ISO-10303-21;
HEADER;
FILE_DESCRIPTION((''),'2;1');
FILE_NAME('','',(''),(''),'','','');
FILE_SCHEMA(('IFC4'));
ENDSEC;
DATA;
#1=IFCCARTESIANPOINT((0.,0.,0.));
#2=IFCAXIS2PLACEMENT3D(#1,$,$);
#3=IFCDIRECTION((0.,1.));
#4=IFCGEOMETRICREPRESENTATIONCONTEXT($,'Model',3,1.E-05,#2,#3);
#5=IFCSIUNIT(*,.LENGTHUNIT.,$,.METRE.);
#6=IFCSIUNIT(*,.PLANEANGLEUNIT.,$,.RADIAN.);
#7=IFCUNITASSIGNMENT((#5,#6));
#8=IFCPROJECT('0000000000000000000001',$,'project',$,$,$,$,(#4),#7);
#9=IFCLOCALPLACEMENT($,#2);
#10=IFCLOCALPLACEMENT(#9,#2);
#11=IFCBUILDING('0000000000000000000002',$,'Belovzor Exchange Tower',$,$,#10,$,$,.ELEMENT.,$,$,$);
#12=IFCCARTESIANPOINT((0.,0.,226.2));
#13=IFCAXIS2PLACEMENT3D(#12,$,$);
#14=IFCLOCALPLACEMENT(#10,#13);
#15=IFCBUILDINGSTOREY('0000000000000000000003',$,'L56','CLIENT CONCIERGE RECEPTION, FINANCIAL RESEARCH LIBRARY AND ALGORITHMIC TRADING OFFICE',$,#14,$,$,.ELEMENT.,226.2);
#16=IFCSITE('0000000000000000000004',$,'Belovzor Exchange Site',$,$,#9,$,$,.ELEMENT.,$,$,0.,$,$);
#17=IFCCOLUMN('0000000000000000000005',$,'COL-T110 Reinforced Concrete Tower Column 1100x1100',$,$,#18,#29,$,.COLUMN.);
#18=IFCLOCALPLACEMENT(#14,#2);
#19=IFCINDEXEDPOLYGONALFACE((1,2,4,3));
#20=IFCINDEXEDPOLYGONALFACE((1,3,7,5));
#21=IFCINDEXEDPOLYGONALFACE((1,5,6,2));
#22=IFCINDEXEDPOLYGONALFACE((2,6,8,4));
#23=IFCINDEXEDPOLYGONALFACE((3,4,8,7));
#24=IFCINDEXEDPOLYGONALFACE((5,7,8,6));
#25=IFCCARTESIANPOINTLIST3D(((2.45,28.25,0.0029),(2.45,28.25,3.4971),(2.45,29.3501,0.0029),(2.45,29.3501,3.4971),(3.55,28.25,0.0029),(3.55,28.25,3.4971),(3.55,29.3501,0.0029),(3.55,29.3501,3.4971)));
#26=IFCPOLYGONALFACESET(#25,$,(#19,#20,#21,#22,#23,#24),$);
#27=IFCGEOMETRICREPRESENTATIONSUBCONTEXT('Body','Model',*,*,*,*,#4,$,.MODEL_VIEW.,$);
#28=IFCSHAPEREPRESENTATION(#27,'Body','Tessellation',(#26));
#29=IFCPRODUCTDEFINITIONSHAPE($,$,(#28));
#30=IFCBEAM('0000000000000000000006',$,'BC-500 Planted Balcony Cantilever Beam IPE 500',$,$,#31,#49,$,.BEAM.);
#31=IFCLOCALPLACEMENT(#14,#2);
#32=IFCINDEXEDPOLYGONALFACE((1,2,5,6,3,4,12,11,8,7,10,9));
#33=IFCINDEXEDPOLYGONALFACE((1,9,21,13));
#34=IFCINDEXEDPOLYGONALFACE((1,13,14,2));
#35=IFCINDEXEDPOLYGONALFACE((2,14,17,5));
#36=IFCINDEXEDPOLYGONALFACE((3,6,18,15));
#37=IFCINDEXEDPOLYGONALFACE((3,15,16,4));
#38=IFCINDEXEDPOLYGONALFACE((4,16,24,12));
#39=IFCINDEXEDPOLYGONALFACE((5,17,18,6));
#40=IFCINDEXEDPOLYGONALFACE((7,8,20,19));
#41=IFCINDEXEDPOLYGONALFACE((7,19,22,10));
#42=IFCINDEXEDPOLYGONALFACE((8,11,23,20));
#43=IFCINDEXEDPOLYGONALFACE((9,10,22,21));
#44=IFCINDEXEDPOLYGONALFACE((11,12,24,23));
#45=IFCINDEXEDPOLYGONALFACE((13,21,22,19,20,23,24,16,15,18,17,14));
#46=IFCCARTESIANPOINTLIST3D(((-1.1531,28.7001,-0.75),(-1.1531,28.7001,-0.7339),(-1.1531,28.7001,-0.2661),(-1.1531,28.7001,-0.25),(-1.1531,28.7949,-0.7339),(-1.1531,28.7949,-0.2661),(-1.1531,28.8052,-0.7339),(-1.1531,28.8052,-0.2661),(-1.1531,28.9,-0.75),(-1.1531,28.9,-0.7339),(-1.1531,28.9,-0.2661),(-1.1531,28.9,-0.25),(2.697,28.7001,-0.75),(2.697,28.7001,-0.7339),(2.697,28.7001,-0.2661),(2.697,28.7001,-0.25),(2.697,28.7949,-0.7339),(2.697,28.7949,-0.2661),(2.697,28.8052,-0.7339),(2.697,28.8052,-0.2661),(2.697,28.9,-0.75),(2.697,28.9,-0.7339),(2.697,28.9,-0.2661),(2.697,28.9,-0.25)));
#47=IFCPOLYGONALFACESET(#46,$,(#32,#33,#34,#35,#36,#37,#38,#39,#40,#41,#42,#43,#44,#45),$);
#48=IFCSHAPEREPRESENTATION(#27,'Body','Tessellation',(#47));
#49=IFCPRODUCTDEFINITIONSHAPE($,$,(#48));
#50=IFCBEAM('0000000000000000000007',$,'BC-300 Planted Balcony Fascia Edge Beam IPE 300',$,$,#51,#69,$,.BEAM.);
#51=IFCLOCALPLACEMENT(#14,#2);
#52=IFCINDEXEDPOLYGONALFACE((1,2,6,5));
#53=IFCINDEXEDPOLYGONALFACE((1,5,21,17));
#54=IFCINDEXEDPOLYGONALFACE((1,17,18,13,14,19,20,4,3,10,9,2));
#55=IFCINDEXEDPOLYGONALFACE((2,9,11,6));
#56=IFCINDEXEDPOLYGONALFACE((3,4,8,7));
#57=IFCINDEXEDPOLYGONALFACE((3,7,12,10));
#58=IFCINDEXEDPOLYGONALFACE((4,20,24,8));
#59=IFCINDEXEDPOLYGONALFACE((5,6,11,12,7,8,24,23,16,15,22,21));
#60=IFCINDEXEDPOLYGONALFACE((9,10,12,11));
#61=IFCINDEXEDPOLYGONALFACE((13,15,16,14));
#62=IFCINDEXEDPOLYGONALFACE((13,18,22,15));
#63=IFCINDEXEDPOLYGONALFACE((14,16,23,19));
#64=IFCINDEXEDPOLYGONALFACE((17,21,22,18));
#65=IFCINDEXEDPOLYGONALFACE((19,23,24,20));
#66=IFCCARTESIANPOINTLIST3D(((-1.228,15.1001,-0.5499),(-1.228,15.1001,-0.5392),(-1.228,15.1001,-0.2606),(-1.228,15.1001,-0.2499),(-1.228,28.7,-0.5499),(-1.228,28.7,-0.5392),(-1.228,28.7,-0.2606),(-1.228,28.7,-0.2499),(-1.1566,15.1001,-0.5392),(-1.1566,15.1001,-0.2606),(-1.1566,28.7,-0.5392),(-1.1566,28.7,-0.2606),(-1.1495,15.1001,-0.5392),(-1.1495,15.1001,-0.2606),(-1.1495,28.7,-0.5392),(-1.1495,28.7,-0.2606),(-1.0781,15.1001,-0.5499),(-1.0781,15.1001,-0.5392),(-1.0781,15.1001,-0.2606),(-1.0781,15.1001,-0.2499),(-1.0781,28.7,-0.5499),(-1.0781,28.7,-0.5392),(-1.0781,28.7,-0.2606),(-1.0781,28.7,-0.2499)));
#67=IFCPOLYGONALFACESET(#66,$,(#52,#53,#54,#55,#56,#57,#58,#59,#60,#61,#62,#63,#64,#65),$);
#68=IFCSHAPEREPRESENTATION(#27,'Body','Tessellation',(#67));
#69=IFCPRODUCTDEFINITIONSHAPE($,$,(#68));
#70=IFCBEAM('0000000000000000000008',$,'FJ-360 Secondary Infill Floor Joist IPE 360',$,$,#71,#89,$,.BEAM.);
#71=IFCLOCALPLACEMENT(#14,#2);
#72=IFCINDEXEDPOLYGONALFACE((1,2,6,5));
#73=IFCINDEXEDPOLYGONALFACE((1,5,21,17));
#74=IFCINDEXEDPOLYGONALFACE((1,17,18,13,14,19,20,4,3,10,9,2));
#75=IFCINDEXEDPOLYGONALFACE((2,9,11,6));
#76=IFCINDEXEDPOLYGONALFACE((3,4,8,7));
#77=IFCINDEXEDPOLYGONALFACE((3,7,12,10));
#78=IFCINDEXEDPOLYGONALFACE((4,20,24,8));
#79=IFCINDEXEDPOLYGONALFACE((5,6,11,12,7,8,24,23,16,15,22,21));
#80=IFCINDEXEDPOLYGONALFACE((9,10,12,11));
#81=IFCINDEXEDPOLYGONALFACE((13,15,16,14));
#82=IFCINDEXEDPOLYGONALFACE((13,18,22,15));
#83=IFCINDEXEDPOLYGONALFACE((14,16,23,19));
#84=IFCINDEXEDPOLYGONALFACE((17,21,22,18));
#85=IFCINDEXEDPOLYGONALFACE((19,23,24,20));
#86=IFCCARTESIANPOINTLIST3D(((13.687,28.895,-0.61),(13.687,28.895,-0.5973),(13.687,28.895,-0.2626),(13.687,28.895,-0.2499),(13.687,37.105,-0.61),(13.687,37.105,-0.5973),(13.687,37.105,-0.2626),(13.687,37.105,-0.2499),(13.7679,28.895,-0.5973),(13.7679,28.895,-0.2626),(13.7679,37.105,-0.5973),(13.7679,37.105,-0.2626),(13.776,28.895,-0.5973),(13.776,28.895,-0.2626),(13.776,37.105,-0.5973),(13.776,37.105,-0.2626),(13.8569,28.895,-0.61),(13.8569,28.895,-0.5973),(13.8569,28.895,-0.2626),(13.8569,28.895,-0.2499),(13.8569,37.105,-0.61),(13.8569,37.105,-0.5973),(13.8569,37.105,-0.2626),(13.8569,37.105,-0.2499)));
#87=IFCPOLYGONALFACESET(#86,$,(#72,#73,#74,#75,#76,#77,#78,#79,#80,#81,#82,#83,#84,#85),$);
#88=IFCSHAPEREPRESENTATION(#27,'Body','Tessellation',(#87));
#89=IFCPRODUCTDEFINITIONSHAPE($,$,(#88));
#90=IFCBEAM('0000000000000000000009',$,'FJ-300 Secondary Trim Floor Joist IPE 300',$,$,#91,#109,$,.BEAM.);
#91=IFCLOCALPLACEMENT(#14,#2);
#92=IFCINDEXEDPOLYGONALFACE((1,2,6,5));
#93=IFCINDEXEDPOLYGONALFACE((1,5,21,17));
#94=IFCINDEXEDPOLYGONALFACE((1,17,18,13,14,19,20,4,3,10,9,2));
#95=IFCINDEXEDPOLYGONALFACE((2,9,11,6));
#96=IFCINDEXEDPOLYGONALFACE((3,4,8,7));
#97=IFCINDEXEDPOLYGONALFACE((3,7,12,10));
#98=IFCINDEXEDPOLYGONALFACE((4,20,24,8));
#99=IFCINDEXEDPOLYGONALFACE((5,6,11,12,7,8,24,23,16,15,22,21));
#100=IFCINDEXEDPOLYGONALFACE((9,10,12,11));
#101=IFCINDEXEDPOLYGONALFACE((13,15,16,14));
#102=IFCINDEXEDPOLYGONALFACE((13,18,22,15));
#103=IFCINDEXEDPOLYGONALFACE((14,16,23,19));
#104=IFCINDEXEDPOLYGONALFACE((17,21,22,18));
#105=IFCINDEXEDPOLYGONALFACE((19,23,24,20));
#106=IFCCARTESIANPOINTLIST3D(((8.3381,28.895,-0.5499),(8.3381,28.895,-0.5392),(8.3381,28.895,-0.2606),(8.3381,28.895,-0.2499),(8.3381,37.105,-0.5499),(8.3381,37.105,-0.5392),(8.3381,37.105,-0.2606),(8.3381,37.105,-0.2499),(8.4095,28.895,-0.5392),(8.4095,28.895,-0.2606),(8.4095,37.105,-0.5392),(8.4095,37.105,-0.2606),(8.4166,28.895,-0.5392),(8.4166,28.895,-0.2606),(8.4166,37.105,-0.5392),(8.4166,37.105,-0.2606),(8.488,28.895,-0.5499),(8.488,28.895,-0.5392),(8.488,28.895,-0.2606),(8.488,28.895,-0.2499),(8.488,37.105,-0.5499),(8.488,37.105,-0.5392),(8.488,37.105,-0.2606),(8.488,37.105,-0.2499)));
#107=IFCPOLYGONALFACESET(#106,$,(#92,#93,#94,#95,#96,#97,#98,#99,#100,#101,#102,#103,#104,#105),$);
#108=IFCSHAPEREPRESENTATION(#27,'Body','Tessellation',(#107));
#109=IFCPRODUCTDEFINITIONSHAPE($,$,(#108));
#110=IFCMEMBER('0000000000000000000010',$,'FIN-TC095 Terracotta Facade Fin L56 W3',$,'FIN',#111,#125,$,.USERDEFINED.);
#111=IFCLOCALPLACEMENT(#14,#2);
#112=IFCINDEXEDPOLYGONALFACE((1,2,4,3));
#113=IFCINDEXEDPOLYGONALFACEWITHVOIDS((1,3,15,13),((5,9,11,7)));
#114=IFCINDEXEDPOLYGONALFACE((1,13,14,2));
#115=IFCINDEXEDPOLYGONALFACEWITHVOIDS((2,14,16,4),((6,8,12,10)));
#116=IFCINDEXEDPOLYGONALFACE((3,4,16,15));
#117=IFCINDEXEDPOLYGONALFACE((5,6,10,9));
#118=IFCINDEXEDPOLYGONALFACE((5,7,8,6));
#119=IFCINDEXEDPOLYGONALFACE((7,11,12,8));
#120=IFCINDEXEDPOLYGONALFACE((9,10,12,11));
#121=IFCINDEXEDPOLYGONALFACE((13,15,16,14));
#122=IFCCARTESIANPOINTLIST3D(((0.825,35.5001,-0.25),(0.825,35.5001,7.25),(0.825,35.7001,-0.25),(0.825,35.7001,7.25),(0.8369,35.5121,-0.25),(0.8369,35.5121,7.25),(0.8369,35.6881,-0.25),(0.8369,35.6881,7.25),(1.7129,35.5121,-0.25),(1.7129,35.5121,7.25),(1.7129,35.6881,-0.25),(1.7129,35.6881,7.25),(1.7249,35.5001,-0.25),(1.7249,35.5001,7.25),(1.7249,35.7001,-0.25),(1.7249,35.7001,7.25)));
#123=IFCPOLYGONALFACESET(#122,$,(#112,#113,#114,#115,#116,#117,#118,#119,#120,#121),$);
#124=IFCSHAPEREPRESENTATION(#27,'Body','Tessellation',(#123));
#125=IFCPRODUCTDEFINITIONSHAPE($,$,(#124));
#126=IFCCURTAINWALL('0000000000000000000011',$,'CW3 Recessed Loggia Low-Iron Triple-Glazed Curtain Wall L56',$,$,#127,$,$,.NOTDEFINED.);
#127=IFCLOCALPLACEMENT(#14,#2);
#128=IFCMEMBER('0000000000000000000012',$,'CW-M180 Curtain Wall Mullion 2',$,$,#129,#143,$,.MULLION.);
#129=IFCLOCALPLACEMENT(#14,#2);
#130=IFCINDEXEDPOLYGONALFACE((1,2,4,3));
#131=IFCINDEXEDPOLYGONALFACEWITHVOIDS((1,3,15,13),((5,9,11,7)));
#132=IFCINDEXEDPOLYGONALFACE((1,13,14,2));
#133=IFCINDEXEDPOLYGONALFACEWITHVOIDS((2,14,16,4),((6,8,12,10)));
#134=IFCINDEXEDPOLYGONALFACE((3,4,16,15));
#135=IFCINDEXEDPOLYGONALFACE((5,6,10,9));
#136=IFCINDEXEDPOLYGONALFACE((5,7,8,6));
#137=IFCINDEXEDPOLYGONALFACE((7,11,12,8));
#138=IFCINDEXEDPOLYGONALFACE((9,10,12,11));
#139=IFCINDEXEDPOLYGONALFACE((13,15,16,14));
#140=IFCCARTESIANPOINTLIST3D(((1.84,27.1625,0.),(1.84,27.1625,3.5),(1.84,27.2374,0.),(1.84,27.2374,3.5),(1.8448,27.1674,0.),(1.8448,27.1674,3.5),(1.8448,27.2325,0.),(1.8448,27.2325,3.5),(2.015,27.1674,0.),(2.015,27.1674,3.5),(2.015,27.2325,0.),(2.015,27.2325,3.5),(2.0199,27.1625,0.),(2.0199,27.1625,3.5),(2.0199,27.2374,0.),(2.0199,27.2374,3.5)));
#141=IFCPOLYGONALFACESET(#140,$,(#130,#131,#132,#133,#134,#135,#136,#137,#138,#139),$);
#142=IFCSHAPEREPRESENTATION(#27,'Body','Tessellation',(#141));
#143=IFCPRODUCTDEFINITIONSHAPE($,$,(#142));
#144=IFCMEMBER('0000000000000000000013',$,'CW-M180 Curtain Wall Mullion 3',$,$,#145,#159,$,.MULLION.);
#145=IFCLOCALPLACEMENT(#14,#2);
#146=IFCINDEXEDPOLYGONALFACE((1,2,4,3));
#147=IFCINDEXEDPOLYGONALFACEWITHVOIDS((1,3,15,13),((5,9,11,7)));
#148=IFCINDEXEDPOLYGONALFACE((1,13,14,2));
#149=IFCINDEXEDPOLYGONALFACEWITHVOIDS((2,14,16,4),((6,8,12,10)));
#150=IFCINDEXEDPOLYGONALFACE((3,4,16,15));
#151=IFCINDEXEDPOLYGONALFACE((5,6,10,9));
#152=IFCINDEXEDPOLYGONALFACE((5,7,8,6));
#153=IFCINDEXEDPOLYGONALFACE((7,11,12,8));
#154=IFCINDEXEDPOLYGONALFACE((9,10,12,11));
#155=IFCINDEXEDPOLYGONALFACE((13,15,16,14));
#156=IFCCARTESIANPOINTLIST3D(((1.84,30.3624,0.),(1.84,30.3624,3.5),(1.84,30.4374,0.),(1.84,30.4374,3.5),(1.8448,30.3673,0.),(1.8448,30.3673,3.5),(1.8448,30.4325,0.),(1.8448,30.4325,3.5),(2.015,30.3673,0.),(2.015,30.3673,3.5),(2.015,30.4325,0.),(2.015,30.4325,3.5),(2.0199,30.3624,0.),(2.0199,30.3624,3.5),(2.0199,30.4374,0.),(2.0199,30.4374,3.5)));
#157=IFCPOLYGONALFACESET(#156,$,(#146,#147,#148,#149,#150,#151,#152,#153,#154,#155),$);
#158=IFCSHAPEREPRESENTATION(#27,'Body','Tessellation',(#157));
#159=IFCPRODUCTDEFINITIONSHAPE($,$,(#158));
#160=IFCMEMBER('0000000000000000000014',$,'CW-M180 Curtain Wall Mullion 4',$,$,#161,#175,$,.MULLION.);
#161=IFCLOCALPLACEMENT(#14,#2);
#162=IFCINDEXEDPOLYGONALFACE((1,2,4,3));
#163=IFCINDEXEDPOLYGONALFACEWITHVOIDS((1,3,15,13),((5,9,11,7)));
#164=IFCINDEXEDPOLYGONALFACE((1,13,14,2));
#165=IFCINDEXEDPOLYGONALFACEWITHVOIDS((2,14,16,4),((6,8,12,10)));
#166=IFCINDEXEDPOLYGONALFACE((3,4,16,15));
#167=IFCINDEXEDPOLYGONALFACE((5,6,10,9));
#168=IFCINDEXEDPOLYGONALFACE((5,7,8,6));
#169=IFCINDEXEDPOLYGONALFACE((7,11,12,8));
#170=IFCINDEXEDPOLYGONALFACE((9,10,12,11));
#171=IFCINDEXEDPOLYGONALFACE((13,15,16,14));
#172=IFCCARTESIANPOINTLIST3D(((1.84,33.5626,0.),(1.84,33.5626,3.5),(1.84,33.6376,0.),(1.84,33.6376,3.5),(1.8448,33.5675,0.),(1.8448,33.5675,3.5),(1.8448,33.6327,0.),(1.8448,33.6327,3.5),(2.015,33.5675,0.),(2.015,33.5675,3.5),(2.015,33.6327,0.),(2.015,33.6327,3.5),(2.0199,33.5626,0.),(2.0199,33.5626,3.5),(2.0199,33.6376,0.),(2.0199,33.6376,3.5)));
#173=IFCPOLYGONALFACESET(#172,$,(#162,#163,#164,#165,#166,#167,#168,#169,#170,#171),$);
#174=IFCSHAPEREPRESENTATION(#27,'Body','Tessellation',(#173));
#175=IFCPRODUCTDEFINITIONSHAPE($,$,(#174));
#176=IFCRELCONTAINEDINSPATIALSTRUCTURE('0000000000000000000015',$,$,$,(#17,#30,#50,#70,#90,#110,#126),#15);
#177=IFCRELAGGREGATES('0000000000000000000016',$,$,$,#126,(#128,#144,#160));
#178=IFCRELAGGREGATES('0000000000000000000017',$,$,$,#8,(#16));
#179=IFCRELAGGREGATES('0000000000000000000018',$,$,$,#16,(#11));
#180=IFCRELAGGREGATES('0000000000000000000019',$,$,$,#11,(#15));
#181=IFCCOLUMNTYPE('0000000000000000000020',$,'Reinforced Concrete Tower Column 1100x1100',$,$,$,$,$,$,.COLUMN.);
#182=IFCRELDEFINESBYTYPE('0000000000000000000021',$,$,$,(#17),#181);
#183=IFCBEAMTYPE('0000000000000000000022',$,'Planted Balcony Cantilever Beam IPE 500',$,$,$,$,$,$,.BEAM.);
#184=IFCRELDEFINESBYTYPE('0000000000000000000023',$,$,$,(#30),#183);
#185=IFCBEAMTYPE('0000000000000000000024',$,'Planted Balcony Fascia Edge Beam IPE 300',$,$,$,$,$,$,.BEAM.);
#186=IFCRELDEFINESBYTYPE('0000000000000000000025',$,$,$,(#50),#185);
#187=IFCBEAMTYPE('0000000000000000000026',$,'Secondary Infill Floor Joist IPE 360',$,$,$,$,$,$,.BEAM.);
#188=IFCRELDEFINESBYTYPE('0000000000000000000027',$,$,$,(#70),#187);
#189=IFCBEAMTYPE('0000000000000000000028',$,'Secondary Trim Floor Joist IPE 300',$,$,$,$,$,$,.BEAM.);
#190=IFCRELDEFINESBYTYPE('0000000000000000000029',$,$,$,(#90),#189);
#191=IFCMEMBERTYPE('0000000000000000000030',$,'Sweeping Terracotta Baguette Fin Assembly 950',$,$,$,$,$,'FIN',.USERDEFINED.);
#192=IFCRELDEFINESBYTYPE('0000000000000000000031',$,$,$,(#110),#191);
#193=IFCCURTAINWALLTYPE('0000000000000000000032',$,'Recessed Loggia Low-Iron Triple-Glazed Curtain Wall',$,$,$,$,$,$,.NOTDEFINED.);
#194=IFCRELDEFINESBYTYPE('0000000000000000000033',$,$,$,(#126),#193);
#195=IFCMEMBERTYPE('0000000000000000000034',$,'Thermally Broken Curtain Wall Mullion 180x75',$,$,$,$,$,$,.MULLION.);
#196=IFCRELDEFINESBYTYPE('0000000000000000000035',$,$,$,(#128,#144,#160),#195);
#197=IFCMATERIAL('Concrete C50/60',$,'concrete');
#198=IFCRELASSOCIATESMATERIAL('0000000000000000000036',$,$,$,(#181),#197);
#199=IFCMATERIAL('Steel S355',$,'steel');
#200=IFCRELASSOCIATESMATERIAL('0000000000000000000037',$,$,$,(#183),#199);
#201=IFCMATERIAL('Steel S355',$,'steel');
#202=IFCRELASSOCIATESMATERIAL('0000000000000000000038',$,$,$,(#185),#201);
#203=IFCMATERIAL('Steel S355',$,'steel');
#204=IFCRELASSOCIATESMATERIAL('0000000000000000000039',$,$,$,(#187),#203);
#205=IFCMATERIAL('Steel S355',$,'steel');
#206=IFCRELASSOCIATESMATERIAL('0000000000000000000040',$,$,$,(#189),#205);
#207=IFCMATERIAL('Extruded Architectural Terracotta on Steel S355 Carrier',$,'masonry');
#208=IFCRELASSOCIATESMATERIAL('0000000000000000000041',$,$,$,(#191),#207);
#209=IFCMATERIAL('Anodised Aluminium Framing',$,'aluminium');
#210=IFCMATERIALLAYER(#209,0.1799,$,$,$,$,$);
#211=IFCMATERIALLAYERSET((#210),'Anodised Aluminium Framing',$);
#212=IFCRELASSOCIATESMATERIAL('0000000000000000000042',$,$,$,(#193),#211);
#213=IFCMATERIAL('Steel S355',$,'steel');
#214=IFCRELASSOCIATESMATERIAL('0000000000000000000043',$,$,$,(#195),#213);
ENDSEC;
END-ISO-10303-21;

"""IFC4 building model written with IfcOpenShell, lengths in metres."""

from ifc_helpers import new_model, si_unit, direction, frame, origin, origin_2d, place, context, subcontext, project, spatial, rectangle, hollow_rectangle, i_section, extrude, material, layer, layer_set, material_profile, profile_set, type_object, element, aggregate, save


model = new_model("IFC4")

# Units and contexts
model_context = context("Model", 3, precision=1e-05, world=origin(), true_north=direction((0.0, 1.0)))
body_context = subcontext(model_context, "Body", "Model", "MODEL_VIEW")
ifc_project = project(units=[si_unit("LENGTHUNIT", "METRE"), si_unit("PLANEANGLEUNIT", "RADIAN")], contexts=[model_context])

# Site, building, storey
site_placement = place(None, origin())
site = spatial("IfcSite", under=ifc_project, at=site_placement, Name="Belovzor Exchange Site", CompositionType="ELEMENT", RefElevation=0.0)
building_placement = place(site_placement, origin())
building = spatial("IfcBuilding", under=site, at=building_placement, Name="Belovzor Exchange Tower", CompositionType="ELEMENT")
storey_placement = place(building_placement, frame((0.0, 0.0, 226.2)))
storey = spatial("IfcBuildingStorey", under=building, at=storey_placement, Name="L56", Description="CLIENT CONCIERGE RECEPTION, FINANCIAL RESEARCH LIBRARY AND ALGORITHMIC TRADING OFFICE", CompositionType="ELEMENT", Elevation=226.2)

# Column
ifc_material_1 = material(Name="Concrete C50/60", Category="concrete")
ifc_material_profile_1 = material_profile(ifc_material_1, rectangle(XDim=1.1001, YDim=1.1001, at=origin_2d()))
ifc_profile_set_1 = profile_set([ifc_material_profile_1], Name="Concrete C50/60")
column_type = type_object("IfcColumnType", Name="Reinforced Concrete Tower Column 1100x1100", PredefinedType="COLUMN", material=ifc_profile_set_1)
column_placement = place(storey_placement, frame((3.0, 28.8, 0.0029), z_axis=(0.0, 0.0, 1.0), x_axis=(1.0, 0.0, 0.0)))
element("IfcColumn", 1, at=column_placement, inside=storey, type_object=column_type, Name="COL-T110 Reinforced Concrete Tower Column 1100x1100", PredefinedType="COLUMN", context=body_context, shape_type="SweptSolid", body=[
    extrude(rectangle(XDim=1.1001, YDim=1.1001, at=origin_2d()), origin(), (0.0, 0.0, 1.0), 3.4941),
])

# Beams
ifc_material_2 = material(Name="Steel S355", Category="steel")
ifc_material_profile_2 = material_profile(ifc_material_2, i_section(OverallWidth=0.2, OverallDepth=0.5, WebThickness=0.0103, FlangeThickness=0.0161, at=origin_2d()))
ifc_profile_set_2 = profile_set([ifc_material_profile_2], Name="Steel S355")
beam_type_1 = type_object("IfcBeamType", Name="Planted Balcony Cantilever Beam IPE 500", PredefinedType="BEAM", material=ifc_profile_set_2)
beam_1_placement = place(storey_placement, frame((2.697, 28.8, -0.5), z_axis=(-1.0, 0.0, 0.0), x_axis=(0.0, -1.0, 0.0)))
element("IfcBeam", 2, at=beam_1_placement, inside=storey, type_object=beam_type_1, Name="BC-500 Planted Balcony Cantilever Beam IPE 500", PredefinedType="BEAM", context=body_context, shape_type="SweptSolid", body=[
    extrude(i_section(OverallWidth=0.2, OverallDepth=0.5, WebThickness=0.0103, FlangeThickness=0.0161, at=origin_2d()), origin(), (0.0, 0.0, 1.0), 3.8501),
])
ifc_material_3 = material(Name="Steel S355", Category="steel")
ifc_material_profile_3 = material_profile(ifc_material_3, i_section(OverallWidth=0.1499, OverallDepth=0.3, WebThickness=0.0071, FlangeThickness=0.0107, at=origin_2d()))
ifc_profile_set_3 = profile_set([ifc_material_profile_3], Name="Steel S355")
beam_type_2 = type_object("IfcBeamType", Name="Planted Balcony Fascia Edge Beam IPE 300", PredefinedType="BEAM", material=ifc_profile_set_3)
beam_2_placement = place(storey_placement, frame((-1.1531, 28.7, -0.3999), z_axis=(0.0, -1.0, 0.0), x_axis=(1.0, 0.0, 0.0)))
element("IfcBeam", 3, at=beam_2_placement, inside=storey, type_object=beam_type_2, Name="BC-300 Planted Balcony Fascia Edge Beam IPE 300", PredefinedType="BEAM", context=body_context, shape_type="SweptSolid", body=[
    extrude(i_section(OverallWidth=0.1499, OverallDepth=0.3, WebThickness=0.0071, FlangeThickness=0.0107, at=origin_2d()), origin(), (0.0, 0.0, 1.0), 13.5999),
])
ifc_material_4 = material(Name="Steel S355", Category="steel")
ifc_material_profile_4 = material_profile(ifc_material_4, i_section(OverallWidth=0.1699, OverallDepth=0.3601, WebThickness=0.0081, FlangeThickness=0.0127, at=origin_2d()))
ifc_profile_set_4 = profile_set([ifc_material_profile_4], Name="Steel S355")
beam_type_3 = type_object("IfcBeamType", Name="Secondary Infill Floor Joist IPE 360", PredefinedType="BEAM", material=ifc_profile_set_4)
beam_3_placement = place(storey_placement, frame((13.772, 28.895, -0.4299), z_axis=(0.0, 1.0, 0.0), x_axis=(-1.0, 0.0, 0.0)))
element("IfcBeam", 4, at=beam_3_placement, inside=storey, type_object=beam_type_3, Name="FJ-360 Secondary Infill Floor Joist IPE 360", PredefinedType="BEAM", context=body_context, shape_type="SweptSolid", body=[
    extrude(i_section(OverallWidth=0.1699, OverallDepth=0.3601, WebThickness=0.0081, FlangeThickness=0.0127, at=origin_2d()), origin(), (0.0, 0.0, 1.0), 8.21),
])
ifc_material_5 = material(Name="Steel S355", Category="steel")
ifc_material_profile_5 = material_profile(ifc_material_5, i_section(OverallWidth=0.1499, OverallDepth=0.3, WebThickness=0.0071, FlangeThickness=0.0107, at=origin_2d()))
ifc_profile_set_5 = profile_set([ifc_material_profile_5], Name="Steel S355")
beam_type_4 = type_object("IfcBeamType", Name="Secondary Trim Floor Joist IPE 300", PredefinedType="BEAM", material=ifc_profile_set_5)
beam_4_placement = place(storey_placement, frame((8.4131, 28.895, -0.3999), z_axis=(0.0, 1.0, 0.0), x_axis=(-1.0, 0.0, 0.0)))
element("IfcBeam", 5, at=beam_4_placement, inside=storey, type_object=beam_type_4, Name="FJ-300 Secondary Trim Floor Joist IPE 300", PredefinedType="BEAM", context=body_context, shape_type="SweptSolid", body=[
    extrude(i_section(OverallWidth=0.1499, OverallDepth=0.3, WebThickness=0.0071, FlangeThickness=0.0107, at=origin_2d()), origin(), (0.0, 0.0, 1.0), 8.21),
])

# Member
ifc_material_6 = material(Name="Extruded Architectural Terracotta on Steel S355 Carrier", Category="masonry")
ifc_material_profile_6 = material_profile(ifc_material_6, hollow_rectangle(XDim=0.2, YDim=0.8999, WallThickness=0.012, at=origin_2d()))
ifc_profile_set_6 = profile_set([ifc_material_profile_6], Name="Extruded Architectural Terracotta on Steel S355 Carrier")
member_type_1 = type_object("IfcMemberType", Name="Sweeping Terracotta Baguette Fin Assembly 950", ElementType="FIN", PredefinedType="USERDEFINED", material=ifc_profile_set_6)
member_1_placement = place(storey_placement, frame((1.2749, 35.6001, -0.25), z_axis=(0.0, 0.0, 1.0), x_axis=(0.0, 1.0, 0.0)))
element("IfcMember", 6, at=member_1_placement, inside=storey, type_object=member_type_1, Name="FIN-TC095 Terracotta Facade Fin L56 W3", ObjectType="FIN", PredefinedType="USERDEFINED", context=body_context, shape_type="SweptSolid", body=[
    extrude(hollow_rectangle(XDim=0.2, YDim=0.8999, WallThickness=0.012, at=origin_2d()), origin(), (0.0, 0.0, 1.0), 7.5),
])

# Curtain wall, members
ifc_material_7 = material(Name="Anodised Aluminium Framing", Category="aluminium")
ifc_layer_1 = layer(ifc_material_7, 0.1799)
ifc_layer_set_1 = layer_set([ifc_layer_1], Name="Anodised Aluminium Framing")
curtain_wall_type = type_object("IfcCurtainWallType", Name="Recessed Loggia Low-Iron Triple-Glazed Curtain Wall", PredefinedType="NOTDEFINED", material=ifc_layer_set_1)
curtain_wall_placement = place(storey_placement, origin())
curtain_wall = element("IfcCurtainWall", 7, at=curtain_wall_placement, inside=storey, type_object=curtain_wall_type, Name="CW3 Recessed Loggia Low-Iron Triple-Glazed Curtain Wall L56", PredefinedType="NOTDEFINED")
ifc_material_8 = material(Name="Steel S355", Category="steel")
ifc_material_profile_7 = material_profile(ifc_material_8, hollow_rectangle(XDim=0.075, YDim=0.1799, WallThickness=0.0049, at=origin_2d()))
ifc_profile_set_7 = profile_set([ifc_material_profile_7], Name="Steel S355")
member_type_2 = type_object("IfcMemberType", Name="Thermally Broken Curtain Wall Mullion 180x75", PredefinedType="MULLION", material=ifc_profile_set_7)
member_2_placement = place(storey_placement, frame((1.9299, 27.2, 0.0), z_axis=(0.0, 0.0, 1.0), x_axis=(0.0, 1.0, 0.0)))
member_2 = element("IfcMember", 8, at=member_2_placement, type_object=member_type_2, Name="CW-M180 Curtain Wall Mullion 2", PredefinedType="MULLION", context=body_context, shape_type="SweptSolid", body=[
    extrude(hollow_rectangle(XDim=0.075, YDim=0.1799, WallThickness=0.0049, at=origin_2d()), origin(), (0.0, 0.0, 1.0), 3.5),
])
member_3_placement = place(storey_placement, frame((1.9299, 30.3999, 0.0), z_axis=(0.0, 0.0, 1.0), x_axis=(0.0, 1.0, 0.0)))
member_3 = element("IfcMember", 9, at=member_3_placement, type_object=member_type_2, Name="CW-M180 Curtain Wall Mullion 3", PredefinedType="MULLION", context=body_context, shape_type="SweptSolid", body=[
    extrude(hollow_rectangle(XDim=0.075, YDim=0.1799, WallThickness=0.0049, at=origin_2d()), origin(), (0.0, 0.0, 1.0), 3.5),
])
member_4_placement = place(storey_placement, frame((1.9299, 33.6001, 0.0), z_axis=(0.0, 0.0, 1.0), x_axis=(0.0, 1.0, 0.0)))
member_4 = element("IfcMember", 10, at=member_4_placement, type_object=member_type_2, Name="CW-M180 Curtain Wall Mullion 4", PredefinedType="MULLION", context=body_context, shape_type="SweptSolid", body=[
    extrude(hollow_rectangle(XDim=0.075, YDim=0.1799, WallThickness=0.0049, at=origin_2d()), origin(), (0.0, 0.0, 1.0), 3.5),
])

aggregate(curtain_wall, [member_2, member_3, member_4])

save(model, "model.ifc")
